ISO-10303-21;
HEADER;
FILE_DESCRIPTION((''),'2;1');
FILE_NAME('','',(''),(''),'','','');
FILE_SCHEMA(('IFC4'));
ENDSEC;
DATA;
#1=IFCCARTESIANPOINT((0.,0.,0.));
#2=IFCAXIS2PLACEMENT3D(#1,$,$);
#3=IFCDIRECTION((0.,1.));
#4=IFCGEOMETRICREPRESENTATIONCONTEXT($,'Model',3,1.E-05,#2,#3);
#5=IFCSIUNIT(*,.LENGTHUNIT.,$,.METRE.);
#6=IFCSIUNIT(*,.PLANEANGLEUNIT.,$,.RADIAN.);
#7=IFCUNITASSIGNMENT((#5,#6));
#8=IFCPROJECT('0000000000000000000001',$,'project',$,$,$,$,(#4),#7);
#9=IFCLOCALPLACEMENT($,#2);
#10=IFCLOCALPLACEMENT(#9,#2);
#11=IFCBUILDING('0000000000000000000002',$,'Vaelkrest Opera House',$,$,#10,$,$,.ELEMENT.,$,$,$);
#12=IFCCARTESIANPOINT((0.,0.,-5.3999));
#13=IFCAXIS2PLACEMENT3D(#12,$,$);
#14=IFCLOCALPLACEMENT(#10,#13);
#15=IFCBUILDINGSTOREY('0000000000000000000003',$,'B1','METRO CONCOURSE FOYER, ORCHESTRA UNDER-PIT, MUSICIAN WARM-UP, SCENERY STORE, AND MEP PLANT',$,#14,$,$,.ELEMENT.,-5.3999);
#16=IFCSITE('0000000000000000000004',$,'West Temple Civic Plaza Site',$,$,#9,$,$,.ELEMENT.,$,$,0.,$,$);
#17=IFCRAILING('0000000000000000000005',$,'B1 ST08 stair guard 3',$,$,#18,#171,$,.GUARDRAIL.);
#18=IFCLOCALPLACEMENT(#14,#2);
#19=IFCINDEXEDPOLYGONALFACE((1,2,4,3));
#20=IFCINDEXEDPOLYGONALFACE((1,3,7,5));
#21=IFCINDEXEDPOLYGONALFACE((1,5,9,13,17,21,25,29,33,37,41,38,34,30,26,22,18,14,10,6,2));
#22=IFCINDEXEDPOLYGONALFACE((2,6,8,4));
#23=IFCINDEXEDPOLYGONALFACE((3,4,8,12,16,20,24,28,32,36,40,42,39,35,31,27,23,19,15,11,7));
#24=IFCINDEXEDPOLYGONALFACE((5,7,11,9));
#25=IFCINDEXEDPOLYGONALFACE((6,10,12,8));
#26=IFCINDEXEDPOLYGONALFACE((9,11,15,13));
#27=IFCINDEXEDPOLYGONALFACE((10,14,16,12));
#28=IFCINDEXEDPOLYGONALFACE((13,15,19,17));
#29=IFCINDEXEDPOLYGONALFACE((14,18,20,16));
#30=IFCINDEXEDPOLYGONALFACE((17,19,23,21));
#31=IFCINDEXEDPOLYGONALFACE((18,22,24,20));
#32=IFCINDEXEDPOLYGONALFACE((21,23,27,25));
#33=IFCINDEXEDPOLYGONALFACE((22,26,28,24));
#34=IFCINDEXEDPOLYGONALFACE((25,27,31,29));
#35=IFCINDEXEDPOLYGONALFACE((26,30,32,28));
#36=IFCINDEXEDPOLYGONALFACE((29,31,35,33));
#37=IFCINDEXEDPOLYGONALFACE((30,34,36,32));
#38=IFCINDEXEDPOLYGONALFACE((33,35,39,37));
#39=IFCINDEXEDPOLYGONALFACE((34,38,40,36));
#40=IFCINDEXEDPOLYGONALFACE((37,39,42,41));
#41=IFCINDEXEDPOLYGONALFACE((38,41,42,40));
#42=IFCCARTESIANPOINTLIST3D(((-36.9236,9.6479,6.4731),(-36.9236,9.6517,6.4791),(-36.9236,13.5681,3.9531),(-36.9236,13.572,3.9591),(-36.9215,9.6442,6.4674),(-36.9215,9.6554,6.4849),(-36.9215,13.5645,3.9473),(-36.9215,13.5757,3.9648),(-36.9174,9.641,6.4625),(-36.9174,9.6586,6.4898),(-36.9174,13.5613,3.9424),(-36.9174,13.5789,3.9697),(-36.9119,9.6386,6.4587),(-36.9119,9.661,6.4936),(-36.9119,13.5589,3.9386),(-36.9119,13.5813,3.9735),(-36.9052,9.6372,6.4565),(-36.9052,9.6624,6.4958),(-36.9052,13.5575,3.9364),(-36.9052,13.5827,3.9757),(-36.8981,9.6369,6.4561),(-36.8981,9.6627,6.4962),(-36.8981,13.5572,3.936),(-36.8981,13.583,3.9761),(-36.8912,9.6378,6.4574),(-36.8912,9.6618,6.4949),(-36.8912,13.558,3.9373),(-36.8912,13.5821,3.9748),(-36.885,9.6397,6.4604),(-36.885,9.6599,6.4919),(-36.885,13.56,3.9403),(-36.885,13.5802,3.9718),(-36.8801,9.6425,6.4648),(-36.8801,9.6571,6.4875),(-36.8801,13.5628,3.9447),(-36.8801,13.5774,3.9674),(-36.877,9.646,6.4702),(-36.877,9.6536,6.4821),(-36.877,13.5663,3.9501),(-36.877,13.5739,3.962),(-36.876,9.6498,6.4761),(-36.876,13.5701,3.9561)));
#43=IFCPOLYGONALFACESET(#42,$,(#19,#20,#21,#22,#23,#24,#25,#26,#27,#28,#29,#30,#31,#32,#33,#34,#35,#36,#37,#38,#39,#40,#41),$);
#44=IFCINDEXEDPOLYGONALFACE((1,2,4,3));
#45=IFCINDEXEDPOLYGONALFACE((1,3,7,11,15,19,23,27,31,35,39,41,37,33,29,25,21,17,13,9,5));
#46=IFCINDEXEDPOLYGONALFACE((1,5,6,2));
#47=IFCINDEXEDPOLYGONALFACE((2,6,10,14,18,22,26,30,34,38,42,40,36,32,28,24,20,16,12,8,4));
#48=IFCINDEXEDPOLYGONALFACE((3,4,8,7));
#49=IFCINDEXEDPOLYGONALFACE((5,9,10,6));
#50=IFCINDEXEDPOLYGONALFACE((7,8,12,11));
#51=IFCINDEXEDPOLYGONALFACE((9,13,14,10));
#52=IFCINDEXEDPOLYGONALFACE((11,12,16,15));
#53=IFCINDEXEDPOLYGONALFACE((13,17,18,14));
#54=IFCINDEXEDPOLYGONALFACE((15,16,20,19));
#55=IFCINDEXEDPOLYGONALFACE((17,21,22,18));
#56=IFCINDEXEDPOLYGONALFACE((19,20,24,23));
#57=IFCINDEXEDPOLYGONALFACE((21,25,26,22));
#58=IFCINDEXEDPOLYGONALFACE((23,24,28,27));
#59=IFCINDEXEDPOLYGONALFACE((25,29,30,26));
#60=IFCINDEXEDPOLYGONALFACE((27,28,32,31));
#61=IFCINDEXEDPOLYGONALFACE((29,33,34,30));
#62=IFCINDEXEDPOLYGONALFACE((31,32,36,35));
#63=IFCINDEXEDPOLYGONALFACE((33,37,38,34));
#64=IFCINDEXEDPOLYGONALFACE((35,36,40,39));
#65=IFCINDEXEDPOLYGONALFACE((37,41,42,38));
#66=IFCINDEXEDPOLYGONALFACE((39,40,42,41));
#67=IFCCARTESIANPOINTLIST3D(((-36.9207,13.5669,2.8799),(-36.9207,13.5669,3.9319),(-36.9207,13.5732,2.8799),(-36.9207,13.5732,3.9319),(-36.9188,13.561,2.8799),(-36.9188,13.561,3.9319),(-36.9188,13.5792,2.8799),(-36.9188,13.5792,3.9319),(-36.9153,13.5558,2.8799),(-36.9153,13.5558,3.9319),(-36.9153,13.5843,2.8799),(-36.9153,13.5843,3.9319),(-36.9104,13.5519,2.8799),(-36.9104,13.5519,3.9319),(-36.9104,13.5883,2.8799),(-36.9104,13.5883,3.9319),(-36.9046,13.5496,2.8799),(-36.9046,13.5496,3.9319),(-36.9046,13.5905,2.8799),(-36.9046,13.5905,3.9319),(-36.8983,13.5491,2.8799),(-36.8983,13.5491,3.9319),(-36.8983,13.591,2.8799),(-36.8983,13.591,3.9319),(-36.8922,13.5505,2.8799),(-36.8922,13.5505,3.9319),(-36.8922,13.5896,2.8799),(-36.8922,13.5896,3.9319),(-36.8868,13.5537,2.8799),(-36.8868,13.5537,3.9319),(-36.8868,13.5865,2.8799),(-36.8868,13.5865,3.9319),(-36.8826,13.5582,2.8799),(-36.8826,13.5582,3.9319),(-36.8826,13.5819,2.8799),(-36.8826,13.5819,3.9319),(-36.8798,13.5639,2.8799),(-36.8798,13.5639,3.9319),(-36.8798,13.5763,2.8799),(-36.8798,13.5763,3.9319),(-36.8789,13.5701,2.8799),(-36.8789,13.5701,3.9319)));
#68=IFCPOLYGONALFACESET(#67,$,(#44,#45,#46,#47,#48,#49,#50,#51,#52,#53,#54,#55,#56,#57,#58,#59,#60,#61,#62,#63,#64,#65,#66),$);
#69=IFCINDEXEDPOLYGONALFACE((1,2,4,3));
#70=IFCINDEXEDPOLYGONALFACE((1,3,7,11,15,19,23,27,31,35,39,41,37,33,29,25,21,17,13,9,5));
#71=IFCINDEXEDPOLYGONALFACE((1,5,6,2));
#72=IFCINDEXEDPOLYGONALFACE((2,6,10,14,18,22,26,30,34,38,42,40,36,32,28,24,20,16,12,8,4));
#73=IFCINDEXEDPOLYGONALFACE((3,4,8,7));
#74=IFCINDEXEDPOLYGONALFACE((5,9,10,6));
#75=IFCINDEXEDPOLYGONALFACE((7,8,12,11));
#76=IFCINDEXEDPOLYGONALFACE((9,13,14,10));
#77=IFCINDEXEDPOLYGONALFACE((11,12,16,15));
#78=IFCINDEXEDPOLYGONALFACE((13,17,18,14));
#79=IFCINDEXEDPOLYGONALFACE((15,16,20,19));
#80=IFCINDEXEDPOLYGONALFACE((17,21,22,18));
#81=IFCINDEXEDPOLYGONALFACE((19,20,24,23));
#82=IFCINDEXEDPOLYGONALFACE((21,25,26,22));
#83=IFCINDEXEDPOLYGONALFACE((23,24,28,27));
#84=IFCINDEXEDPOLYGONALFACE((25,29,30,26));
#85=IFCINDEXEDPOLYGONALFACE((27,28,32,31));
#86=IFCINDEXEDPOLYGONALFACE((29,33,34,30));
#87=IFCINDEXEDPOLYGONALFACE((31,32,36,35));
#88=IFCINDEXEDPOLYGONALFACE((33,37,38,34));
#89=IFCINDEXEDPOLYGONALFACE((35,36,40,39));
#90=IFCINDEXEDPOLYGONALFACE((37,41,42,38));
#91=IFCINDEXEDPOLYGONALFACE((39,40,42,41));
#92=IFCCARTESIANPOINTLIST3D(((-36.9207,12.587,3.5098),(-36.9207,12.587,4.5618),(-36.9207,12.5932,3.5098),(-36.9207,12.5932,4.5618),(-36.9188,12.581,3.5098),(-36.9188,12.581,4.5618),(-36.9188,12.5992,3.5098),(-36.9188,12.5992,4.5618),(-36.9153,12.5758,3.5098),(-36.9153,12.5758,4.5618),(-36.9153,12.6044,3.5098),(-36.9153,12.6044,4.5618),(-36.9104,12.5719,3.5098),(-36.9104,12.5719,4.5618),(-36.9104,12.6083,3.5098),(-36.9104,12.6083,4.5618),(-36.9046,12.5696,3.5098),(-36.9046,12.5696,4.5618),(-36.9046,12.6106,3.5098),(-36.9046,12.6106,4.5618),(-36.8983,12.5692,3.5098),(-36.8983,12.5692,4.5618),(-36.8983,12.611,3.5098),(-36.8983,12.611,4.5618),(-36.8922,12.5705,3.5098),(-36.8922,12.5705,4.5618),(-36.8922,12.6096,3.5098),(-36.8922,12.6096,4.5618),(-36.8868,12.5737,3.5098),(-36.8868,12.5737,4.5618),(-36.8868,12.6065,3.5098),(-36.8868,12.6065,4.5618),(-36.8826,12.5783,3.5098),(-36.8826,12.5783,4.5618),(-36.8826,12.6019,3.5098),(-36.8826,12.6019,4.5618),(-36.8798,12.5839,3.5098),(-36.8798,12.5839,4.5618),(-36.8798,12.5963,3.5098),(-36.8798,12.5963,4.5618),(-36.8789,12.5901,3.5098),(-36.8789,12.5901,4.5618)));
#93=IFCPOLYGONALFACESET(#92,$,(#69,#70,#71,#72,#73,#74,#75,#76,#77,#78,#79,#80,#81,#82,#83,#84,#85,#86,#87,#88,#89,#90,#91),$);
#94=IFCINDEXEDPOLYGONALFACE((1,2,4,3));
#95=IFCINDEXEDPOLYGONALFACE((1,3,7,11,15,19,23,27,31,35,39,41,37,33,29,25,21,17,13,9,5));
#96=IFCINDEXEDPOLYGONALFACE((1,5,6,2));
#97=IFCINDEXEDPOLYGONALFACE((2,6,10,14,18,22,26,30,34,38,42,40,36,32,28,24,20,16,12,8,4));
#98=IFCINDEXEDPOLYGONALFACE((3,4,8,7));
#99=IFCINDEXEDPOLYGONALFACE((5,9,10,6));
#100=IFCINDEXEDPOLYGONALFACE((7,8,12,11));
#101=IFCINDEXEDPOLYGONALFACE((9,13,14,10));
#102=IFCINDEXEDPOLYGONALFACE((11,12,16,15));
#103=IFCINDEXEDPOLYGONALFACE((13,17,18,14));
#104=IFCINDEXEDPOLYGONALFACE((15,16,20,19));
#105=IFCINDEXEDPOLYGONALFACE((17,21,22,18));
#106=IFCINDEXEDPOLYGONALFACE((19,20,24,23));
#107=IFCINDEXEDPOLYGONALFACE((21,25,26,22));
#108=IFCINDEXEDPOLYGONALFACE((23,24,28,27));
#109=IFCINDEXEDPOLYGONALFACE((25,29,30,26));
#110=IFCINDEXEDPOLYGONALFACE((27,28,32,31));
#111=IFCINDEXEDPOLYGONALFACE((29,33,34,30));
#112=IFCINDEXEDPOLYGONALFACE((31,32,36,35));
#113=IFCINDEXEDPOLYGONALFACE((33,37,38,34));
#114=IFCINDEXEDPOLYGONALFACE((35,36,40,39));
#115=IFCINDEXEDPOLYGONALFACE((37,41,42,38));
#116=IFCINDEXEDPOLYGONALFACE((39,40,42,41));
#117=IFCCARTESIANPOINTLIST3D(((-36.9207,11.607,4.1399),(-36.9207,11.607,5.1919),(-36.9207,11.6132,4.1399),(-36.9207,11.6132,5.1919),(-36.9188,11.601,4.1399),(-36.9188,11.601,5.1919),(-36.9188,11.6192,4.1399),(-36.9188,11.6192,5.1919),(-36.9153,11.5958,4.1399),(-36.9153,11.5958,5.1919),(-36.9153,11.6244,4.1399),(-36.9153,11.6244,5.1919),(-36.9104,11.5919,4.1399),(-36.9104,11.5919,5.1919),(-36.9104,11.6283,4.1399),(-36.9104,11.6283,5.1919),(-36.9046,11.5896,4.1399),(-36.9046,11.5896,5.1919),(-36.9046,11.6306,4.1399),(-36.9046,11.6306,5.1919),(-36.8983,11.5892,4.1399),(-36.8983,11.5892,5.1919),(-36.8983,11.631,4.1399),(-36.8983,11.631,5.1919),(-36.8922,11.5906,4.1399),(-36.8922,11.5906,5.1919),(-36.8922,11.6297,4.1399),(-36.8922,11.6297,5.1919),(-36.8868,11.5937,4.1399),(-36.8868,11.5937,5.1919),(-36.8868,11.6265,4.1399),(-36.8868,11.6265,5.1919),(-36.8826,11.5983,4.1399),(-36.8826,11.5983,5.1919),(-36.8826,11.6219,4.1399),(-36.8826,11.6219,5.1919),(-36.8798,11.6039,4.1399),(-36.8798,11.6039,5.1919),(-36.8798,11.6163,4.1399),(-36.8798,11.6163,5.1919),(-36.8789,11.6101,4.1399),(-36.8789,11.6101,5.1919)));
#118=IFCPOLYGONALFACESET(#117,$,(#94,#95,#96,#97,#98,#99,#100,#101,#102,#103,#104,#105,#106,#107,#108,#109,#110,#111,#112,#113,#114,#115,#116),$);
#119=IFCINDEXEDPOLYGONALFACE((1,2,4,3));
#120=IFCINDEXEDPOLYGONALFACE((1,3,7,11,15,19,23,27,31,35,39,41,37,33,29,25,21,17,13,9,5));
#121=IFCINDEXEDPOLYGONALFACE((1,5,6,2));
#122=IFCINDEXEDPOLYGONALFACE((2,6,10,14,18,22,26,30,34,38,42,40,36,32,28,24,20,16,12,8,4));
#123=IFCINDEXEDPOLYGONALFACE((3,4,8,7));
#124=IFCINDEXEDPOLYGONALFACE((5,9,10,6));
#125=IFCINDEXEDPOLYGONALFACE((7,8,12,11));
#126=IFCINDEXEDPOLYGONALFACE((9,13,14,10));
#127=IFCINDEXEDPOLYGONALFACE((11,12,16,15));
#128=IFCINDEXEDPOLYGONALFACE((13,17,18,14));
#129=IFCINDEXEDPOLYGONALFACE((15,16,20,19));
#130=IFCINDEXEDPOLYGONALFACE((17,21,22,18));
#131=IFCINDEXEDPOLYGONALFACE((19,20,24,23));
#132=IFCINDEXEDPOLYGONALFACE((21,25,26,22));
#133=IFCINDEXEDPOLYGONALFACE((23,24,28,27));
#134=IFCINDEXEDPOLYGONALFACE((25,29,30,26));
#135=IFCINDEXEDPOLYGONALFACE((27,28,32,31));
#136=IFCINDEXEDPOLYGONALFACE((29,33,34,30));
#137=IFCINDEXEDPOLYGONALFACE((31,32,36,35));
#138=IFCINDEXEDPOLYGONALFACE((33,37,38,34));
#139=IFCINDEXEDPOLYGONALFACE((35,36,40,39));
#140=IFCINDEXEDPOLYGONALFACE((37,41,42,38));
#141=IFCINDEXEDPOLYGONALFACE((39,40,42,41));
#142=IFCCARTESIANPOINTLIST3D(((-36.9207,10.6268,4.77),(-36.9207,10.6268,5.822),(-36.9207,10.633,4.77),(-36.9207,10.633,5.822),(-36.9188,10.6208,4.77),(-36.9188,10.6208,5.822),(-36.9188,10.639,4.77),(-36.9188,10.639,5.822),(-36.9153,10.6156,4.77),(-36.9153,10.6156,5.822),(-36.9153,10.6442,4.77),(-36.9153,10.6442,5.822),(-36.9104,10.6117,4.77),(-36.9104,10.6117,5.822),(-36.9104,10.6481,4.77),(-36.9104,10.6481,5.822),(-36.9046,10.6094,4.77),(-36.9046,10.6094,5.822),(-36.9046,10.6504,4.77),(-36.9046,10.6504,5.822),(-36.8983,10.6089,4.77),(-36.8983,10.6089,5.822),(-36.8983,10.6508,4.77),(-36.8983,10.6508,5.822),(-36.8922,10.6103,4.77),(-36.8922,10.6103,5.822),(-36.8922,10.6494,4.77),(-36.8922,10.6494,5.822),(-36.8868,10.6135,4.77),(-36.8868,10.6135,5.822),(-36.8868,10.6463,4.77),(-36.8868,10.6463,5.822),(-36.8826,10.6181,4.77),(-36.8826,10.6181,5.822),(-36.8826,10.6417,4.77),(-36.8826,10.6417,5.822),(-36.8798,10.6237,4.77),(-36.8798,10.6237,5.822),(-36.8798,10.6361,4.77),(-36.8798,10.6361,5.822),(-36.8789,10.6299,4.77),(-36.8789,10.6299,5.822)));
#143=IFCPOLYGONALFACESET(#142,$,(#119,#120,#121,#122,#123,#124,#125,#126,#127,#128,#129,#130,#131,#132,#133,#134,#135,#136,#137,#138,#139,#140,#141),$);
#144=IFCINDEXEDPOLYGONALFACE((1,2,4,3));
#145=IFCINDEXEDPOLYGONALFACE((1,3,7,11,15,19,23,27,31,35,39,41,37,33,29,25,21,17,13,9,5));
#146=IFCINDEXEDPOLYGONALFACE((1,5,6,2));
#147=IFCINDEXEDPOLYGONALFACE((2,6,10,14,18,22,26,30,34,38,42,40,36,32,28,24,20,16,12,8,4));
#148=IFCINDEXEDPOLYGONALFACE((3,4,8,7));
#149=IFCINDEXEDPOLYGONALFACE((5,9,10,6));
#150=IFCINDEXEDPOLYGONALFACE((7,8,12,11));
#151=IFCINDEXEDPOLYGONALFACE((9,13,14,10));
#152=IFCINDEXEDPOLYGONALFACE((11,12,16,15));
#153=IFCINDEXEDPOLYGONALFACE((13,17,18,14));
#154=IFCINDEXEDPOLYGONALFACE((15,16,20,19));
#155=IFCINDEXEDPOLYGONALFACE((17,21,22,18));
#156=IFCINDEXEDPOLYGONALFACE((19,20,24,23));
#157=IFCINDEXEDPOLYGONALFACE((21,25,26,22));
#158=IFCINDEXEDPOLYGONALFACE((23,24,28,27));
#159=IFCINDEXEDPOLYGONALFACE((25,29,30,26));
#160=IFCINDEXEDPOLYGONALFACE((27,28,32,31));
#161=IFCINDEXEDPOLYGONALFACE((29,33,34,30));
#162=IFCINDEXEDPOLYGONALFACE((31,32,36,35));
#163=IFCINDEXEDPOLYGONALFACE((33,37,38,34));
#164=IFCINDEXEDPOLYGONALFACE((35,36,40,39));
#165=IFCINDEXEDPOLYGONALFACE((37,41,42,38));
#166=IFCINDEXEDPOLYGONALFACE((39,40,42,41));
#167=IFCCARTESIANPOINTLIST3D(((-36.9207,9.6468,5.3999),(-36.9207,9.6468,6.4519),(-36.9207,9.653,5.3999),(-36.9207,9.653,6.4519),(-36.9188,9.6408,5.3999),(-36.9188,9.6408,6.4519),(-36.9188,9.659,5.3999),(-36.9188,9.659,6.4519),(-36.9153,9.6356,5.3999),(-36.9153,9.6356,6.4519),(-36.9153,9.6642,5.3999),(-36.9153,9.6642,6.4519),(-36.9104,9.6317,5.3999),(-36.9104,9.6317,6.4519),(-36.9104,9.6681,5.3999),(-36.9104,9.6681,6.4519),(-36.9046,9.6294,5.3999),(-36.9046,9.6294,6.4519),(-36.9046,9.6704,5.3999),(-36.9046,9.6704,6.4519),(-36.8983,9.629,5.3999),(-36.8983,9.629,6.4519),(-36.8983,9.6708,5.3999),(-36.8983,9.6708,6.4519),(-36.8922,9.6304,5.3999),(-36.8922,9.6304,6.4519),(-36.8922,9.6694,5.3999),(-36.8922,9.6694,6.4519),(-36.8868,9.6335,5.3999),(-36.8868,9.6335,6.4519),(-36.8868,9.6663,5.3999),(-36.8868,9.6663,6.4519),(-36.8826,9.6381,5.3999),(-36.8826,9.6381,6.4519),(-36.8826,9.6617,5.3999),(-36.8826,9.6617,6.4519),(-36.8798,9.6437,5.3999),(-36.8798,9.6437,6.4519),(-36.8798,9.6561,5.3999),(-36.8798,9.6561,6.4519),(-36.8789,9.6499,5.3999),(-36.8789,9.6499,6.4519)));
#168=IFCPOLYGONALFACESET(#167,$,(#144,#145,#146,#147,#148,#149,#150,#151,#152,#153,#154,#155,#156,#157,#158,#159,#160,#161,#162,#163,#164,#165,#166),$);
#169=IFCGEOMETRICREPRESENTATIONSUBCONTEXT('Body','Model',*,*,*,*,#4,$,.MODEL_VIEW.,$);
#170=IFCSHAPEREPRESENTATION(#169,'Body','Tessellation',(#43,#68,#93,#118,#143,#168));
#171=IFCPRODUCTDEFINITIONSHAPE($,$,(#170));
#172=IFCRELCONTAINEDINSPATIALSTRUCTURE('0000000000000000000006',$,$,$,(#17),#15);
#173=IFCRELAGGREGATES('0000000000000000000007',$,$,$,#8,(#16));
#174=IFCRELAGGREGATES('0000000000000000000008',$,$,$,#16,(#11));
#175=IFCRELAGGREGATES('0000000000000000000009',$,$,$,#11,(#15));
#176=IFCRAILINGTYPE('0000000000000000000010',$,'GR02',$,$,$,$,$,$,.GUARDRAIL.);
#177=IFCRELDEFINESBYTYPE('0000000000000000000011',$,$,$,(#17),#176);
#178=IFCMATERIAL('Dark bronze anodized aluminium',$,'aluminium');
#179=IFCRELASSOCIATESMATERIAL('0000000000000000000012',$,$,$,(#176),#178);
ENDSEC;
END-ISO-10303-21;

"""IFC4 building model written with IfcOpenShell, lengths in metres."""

from ifc_helpers import new_model, si_unit, direction, frame, origin, origin_2d, place, context, subcontext, project, spatial, circle, extrude, material, type_object, element, save


model = new_model("IFC4")

# Units and contexts
model_context = context("Model", 3, precision=1e-05, world=origin(), true_north=direction((0.0, 1.0)))
body_context = subcontext(model_context, "Body", "Model", "MODEL_VIEW")
ifc_project = project(units=[si_unit("LENGTHUNIT", "METRE"), si_unit("PLANEANGLEUNIT", "RADIAN")], contexts=[model_context])

# Site, building, storey
site_placement = place(None, origin())
site = spatial("IfcSite", under=ifc_project, at=site_placement, Name="West Temple Civic Plaza Site", CompositionType="ELEMENT", RefElevation=0.0)
building_placement = place(site_placement, origin())
building = spatial("IfcBuilding", under=site, at=building_placement, Name="Vaelkrest Opera House", CompositionType="ELEMENT")
storey_placement = place(building_placement, frame((0.0, 0.0, -5.3999)))
storey = spatial("IfcBuildingStorey", under=building, at=storey_placement, Name="B1", Description="METRO CONCOURSE FOYER, ORCHESTRA UNDER-PIT, MUSICIAN WARM-UP, SCENERY STORE, AND MEP PLANT", CompositionType="ELEMENT", Elevation=-5.3999)

# Railing
ifc_material_1 = material(Name="Dark bronze anodized aluminium", Category="aluminium")
railing_type_1 = type_object("IfcRailingType", Name="GR02", PredefinedType="GUARDRAIL", material=ifc_material_1)
railing_1_placement = place(storey_placement, frame((-36.8999, 13.5701, 2.8799)))
element("IfcRailing", 1, at=railing_1_placement, inside=storey, type_object=railing_type_1, Name="B1 ST08 stair guard 3", PredefinedType="GUARDRAIL", context=body_context, shape_type="SweptSolid", body=[
    extrude(circle(Radius=0.0239, at=origin_2d()), frame((0.0, 0.0, 1.0762), z_axis=(0.0, -0.841187, 0.540744), x_axis=(1.0, 0.0, 0.0)), (0.0, 0.0, 1.0), 4.6604),
    extrude(circle(Radius=0.021, at=origin_2d()), origin(), (0.0, 0.0, 1.0), 1.052),
    extrude(circle(Radius=0.021, at=origin_2d()), frame((0.0, -0.98, 0.6299)), (0.0, 0.0, 1.0), 1.052),
    extrude(circle(Radius=0.021, at=origin_2d()), frame((0.0, -1.96, 1.26)), (0.0, 0.0, 1.0), 1.052),
    extrude(circle(Radius=0.021, at=origin_2d()), frame((0.0, -2.9402, 1.8901)), (0.0, 0.0, 1.0), 1.052),
    extrude(circle(Radius=0.021, at=origin_2d()), frame((0.0, -3.9202, 2.52)), (0.0, 0.0, 1.0), 1.052),
])

save(model, "model.ifc")
